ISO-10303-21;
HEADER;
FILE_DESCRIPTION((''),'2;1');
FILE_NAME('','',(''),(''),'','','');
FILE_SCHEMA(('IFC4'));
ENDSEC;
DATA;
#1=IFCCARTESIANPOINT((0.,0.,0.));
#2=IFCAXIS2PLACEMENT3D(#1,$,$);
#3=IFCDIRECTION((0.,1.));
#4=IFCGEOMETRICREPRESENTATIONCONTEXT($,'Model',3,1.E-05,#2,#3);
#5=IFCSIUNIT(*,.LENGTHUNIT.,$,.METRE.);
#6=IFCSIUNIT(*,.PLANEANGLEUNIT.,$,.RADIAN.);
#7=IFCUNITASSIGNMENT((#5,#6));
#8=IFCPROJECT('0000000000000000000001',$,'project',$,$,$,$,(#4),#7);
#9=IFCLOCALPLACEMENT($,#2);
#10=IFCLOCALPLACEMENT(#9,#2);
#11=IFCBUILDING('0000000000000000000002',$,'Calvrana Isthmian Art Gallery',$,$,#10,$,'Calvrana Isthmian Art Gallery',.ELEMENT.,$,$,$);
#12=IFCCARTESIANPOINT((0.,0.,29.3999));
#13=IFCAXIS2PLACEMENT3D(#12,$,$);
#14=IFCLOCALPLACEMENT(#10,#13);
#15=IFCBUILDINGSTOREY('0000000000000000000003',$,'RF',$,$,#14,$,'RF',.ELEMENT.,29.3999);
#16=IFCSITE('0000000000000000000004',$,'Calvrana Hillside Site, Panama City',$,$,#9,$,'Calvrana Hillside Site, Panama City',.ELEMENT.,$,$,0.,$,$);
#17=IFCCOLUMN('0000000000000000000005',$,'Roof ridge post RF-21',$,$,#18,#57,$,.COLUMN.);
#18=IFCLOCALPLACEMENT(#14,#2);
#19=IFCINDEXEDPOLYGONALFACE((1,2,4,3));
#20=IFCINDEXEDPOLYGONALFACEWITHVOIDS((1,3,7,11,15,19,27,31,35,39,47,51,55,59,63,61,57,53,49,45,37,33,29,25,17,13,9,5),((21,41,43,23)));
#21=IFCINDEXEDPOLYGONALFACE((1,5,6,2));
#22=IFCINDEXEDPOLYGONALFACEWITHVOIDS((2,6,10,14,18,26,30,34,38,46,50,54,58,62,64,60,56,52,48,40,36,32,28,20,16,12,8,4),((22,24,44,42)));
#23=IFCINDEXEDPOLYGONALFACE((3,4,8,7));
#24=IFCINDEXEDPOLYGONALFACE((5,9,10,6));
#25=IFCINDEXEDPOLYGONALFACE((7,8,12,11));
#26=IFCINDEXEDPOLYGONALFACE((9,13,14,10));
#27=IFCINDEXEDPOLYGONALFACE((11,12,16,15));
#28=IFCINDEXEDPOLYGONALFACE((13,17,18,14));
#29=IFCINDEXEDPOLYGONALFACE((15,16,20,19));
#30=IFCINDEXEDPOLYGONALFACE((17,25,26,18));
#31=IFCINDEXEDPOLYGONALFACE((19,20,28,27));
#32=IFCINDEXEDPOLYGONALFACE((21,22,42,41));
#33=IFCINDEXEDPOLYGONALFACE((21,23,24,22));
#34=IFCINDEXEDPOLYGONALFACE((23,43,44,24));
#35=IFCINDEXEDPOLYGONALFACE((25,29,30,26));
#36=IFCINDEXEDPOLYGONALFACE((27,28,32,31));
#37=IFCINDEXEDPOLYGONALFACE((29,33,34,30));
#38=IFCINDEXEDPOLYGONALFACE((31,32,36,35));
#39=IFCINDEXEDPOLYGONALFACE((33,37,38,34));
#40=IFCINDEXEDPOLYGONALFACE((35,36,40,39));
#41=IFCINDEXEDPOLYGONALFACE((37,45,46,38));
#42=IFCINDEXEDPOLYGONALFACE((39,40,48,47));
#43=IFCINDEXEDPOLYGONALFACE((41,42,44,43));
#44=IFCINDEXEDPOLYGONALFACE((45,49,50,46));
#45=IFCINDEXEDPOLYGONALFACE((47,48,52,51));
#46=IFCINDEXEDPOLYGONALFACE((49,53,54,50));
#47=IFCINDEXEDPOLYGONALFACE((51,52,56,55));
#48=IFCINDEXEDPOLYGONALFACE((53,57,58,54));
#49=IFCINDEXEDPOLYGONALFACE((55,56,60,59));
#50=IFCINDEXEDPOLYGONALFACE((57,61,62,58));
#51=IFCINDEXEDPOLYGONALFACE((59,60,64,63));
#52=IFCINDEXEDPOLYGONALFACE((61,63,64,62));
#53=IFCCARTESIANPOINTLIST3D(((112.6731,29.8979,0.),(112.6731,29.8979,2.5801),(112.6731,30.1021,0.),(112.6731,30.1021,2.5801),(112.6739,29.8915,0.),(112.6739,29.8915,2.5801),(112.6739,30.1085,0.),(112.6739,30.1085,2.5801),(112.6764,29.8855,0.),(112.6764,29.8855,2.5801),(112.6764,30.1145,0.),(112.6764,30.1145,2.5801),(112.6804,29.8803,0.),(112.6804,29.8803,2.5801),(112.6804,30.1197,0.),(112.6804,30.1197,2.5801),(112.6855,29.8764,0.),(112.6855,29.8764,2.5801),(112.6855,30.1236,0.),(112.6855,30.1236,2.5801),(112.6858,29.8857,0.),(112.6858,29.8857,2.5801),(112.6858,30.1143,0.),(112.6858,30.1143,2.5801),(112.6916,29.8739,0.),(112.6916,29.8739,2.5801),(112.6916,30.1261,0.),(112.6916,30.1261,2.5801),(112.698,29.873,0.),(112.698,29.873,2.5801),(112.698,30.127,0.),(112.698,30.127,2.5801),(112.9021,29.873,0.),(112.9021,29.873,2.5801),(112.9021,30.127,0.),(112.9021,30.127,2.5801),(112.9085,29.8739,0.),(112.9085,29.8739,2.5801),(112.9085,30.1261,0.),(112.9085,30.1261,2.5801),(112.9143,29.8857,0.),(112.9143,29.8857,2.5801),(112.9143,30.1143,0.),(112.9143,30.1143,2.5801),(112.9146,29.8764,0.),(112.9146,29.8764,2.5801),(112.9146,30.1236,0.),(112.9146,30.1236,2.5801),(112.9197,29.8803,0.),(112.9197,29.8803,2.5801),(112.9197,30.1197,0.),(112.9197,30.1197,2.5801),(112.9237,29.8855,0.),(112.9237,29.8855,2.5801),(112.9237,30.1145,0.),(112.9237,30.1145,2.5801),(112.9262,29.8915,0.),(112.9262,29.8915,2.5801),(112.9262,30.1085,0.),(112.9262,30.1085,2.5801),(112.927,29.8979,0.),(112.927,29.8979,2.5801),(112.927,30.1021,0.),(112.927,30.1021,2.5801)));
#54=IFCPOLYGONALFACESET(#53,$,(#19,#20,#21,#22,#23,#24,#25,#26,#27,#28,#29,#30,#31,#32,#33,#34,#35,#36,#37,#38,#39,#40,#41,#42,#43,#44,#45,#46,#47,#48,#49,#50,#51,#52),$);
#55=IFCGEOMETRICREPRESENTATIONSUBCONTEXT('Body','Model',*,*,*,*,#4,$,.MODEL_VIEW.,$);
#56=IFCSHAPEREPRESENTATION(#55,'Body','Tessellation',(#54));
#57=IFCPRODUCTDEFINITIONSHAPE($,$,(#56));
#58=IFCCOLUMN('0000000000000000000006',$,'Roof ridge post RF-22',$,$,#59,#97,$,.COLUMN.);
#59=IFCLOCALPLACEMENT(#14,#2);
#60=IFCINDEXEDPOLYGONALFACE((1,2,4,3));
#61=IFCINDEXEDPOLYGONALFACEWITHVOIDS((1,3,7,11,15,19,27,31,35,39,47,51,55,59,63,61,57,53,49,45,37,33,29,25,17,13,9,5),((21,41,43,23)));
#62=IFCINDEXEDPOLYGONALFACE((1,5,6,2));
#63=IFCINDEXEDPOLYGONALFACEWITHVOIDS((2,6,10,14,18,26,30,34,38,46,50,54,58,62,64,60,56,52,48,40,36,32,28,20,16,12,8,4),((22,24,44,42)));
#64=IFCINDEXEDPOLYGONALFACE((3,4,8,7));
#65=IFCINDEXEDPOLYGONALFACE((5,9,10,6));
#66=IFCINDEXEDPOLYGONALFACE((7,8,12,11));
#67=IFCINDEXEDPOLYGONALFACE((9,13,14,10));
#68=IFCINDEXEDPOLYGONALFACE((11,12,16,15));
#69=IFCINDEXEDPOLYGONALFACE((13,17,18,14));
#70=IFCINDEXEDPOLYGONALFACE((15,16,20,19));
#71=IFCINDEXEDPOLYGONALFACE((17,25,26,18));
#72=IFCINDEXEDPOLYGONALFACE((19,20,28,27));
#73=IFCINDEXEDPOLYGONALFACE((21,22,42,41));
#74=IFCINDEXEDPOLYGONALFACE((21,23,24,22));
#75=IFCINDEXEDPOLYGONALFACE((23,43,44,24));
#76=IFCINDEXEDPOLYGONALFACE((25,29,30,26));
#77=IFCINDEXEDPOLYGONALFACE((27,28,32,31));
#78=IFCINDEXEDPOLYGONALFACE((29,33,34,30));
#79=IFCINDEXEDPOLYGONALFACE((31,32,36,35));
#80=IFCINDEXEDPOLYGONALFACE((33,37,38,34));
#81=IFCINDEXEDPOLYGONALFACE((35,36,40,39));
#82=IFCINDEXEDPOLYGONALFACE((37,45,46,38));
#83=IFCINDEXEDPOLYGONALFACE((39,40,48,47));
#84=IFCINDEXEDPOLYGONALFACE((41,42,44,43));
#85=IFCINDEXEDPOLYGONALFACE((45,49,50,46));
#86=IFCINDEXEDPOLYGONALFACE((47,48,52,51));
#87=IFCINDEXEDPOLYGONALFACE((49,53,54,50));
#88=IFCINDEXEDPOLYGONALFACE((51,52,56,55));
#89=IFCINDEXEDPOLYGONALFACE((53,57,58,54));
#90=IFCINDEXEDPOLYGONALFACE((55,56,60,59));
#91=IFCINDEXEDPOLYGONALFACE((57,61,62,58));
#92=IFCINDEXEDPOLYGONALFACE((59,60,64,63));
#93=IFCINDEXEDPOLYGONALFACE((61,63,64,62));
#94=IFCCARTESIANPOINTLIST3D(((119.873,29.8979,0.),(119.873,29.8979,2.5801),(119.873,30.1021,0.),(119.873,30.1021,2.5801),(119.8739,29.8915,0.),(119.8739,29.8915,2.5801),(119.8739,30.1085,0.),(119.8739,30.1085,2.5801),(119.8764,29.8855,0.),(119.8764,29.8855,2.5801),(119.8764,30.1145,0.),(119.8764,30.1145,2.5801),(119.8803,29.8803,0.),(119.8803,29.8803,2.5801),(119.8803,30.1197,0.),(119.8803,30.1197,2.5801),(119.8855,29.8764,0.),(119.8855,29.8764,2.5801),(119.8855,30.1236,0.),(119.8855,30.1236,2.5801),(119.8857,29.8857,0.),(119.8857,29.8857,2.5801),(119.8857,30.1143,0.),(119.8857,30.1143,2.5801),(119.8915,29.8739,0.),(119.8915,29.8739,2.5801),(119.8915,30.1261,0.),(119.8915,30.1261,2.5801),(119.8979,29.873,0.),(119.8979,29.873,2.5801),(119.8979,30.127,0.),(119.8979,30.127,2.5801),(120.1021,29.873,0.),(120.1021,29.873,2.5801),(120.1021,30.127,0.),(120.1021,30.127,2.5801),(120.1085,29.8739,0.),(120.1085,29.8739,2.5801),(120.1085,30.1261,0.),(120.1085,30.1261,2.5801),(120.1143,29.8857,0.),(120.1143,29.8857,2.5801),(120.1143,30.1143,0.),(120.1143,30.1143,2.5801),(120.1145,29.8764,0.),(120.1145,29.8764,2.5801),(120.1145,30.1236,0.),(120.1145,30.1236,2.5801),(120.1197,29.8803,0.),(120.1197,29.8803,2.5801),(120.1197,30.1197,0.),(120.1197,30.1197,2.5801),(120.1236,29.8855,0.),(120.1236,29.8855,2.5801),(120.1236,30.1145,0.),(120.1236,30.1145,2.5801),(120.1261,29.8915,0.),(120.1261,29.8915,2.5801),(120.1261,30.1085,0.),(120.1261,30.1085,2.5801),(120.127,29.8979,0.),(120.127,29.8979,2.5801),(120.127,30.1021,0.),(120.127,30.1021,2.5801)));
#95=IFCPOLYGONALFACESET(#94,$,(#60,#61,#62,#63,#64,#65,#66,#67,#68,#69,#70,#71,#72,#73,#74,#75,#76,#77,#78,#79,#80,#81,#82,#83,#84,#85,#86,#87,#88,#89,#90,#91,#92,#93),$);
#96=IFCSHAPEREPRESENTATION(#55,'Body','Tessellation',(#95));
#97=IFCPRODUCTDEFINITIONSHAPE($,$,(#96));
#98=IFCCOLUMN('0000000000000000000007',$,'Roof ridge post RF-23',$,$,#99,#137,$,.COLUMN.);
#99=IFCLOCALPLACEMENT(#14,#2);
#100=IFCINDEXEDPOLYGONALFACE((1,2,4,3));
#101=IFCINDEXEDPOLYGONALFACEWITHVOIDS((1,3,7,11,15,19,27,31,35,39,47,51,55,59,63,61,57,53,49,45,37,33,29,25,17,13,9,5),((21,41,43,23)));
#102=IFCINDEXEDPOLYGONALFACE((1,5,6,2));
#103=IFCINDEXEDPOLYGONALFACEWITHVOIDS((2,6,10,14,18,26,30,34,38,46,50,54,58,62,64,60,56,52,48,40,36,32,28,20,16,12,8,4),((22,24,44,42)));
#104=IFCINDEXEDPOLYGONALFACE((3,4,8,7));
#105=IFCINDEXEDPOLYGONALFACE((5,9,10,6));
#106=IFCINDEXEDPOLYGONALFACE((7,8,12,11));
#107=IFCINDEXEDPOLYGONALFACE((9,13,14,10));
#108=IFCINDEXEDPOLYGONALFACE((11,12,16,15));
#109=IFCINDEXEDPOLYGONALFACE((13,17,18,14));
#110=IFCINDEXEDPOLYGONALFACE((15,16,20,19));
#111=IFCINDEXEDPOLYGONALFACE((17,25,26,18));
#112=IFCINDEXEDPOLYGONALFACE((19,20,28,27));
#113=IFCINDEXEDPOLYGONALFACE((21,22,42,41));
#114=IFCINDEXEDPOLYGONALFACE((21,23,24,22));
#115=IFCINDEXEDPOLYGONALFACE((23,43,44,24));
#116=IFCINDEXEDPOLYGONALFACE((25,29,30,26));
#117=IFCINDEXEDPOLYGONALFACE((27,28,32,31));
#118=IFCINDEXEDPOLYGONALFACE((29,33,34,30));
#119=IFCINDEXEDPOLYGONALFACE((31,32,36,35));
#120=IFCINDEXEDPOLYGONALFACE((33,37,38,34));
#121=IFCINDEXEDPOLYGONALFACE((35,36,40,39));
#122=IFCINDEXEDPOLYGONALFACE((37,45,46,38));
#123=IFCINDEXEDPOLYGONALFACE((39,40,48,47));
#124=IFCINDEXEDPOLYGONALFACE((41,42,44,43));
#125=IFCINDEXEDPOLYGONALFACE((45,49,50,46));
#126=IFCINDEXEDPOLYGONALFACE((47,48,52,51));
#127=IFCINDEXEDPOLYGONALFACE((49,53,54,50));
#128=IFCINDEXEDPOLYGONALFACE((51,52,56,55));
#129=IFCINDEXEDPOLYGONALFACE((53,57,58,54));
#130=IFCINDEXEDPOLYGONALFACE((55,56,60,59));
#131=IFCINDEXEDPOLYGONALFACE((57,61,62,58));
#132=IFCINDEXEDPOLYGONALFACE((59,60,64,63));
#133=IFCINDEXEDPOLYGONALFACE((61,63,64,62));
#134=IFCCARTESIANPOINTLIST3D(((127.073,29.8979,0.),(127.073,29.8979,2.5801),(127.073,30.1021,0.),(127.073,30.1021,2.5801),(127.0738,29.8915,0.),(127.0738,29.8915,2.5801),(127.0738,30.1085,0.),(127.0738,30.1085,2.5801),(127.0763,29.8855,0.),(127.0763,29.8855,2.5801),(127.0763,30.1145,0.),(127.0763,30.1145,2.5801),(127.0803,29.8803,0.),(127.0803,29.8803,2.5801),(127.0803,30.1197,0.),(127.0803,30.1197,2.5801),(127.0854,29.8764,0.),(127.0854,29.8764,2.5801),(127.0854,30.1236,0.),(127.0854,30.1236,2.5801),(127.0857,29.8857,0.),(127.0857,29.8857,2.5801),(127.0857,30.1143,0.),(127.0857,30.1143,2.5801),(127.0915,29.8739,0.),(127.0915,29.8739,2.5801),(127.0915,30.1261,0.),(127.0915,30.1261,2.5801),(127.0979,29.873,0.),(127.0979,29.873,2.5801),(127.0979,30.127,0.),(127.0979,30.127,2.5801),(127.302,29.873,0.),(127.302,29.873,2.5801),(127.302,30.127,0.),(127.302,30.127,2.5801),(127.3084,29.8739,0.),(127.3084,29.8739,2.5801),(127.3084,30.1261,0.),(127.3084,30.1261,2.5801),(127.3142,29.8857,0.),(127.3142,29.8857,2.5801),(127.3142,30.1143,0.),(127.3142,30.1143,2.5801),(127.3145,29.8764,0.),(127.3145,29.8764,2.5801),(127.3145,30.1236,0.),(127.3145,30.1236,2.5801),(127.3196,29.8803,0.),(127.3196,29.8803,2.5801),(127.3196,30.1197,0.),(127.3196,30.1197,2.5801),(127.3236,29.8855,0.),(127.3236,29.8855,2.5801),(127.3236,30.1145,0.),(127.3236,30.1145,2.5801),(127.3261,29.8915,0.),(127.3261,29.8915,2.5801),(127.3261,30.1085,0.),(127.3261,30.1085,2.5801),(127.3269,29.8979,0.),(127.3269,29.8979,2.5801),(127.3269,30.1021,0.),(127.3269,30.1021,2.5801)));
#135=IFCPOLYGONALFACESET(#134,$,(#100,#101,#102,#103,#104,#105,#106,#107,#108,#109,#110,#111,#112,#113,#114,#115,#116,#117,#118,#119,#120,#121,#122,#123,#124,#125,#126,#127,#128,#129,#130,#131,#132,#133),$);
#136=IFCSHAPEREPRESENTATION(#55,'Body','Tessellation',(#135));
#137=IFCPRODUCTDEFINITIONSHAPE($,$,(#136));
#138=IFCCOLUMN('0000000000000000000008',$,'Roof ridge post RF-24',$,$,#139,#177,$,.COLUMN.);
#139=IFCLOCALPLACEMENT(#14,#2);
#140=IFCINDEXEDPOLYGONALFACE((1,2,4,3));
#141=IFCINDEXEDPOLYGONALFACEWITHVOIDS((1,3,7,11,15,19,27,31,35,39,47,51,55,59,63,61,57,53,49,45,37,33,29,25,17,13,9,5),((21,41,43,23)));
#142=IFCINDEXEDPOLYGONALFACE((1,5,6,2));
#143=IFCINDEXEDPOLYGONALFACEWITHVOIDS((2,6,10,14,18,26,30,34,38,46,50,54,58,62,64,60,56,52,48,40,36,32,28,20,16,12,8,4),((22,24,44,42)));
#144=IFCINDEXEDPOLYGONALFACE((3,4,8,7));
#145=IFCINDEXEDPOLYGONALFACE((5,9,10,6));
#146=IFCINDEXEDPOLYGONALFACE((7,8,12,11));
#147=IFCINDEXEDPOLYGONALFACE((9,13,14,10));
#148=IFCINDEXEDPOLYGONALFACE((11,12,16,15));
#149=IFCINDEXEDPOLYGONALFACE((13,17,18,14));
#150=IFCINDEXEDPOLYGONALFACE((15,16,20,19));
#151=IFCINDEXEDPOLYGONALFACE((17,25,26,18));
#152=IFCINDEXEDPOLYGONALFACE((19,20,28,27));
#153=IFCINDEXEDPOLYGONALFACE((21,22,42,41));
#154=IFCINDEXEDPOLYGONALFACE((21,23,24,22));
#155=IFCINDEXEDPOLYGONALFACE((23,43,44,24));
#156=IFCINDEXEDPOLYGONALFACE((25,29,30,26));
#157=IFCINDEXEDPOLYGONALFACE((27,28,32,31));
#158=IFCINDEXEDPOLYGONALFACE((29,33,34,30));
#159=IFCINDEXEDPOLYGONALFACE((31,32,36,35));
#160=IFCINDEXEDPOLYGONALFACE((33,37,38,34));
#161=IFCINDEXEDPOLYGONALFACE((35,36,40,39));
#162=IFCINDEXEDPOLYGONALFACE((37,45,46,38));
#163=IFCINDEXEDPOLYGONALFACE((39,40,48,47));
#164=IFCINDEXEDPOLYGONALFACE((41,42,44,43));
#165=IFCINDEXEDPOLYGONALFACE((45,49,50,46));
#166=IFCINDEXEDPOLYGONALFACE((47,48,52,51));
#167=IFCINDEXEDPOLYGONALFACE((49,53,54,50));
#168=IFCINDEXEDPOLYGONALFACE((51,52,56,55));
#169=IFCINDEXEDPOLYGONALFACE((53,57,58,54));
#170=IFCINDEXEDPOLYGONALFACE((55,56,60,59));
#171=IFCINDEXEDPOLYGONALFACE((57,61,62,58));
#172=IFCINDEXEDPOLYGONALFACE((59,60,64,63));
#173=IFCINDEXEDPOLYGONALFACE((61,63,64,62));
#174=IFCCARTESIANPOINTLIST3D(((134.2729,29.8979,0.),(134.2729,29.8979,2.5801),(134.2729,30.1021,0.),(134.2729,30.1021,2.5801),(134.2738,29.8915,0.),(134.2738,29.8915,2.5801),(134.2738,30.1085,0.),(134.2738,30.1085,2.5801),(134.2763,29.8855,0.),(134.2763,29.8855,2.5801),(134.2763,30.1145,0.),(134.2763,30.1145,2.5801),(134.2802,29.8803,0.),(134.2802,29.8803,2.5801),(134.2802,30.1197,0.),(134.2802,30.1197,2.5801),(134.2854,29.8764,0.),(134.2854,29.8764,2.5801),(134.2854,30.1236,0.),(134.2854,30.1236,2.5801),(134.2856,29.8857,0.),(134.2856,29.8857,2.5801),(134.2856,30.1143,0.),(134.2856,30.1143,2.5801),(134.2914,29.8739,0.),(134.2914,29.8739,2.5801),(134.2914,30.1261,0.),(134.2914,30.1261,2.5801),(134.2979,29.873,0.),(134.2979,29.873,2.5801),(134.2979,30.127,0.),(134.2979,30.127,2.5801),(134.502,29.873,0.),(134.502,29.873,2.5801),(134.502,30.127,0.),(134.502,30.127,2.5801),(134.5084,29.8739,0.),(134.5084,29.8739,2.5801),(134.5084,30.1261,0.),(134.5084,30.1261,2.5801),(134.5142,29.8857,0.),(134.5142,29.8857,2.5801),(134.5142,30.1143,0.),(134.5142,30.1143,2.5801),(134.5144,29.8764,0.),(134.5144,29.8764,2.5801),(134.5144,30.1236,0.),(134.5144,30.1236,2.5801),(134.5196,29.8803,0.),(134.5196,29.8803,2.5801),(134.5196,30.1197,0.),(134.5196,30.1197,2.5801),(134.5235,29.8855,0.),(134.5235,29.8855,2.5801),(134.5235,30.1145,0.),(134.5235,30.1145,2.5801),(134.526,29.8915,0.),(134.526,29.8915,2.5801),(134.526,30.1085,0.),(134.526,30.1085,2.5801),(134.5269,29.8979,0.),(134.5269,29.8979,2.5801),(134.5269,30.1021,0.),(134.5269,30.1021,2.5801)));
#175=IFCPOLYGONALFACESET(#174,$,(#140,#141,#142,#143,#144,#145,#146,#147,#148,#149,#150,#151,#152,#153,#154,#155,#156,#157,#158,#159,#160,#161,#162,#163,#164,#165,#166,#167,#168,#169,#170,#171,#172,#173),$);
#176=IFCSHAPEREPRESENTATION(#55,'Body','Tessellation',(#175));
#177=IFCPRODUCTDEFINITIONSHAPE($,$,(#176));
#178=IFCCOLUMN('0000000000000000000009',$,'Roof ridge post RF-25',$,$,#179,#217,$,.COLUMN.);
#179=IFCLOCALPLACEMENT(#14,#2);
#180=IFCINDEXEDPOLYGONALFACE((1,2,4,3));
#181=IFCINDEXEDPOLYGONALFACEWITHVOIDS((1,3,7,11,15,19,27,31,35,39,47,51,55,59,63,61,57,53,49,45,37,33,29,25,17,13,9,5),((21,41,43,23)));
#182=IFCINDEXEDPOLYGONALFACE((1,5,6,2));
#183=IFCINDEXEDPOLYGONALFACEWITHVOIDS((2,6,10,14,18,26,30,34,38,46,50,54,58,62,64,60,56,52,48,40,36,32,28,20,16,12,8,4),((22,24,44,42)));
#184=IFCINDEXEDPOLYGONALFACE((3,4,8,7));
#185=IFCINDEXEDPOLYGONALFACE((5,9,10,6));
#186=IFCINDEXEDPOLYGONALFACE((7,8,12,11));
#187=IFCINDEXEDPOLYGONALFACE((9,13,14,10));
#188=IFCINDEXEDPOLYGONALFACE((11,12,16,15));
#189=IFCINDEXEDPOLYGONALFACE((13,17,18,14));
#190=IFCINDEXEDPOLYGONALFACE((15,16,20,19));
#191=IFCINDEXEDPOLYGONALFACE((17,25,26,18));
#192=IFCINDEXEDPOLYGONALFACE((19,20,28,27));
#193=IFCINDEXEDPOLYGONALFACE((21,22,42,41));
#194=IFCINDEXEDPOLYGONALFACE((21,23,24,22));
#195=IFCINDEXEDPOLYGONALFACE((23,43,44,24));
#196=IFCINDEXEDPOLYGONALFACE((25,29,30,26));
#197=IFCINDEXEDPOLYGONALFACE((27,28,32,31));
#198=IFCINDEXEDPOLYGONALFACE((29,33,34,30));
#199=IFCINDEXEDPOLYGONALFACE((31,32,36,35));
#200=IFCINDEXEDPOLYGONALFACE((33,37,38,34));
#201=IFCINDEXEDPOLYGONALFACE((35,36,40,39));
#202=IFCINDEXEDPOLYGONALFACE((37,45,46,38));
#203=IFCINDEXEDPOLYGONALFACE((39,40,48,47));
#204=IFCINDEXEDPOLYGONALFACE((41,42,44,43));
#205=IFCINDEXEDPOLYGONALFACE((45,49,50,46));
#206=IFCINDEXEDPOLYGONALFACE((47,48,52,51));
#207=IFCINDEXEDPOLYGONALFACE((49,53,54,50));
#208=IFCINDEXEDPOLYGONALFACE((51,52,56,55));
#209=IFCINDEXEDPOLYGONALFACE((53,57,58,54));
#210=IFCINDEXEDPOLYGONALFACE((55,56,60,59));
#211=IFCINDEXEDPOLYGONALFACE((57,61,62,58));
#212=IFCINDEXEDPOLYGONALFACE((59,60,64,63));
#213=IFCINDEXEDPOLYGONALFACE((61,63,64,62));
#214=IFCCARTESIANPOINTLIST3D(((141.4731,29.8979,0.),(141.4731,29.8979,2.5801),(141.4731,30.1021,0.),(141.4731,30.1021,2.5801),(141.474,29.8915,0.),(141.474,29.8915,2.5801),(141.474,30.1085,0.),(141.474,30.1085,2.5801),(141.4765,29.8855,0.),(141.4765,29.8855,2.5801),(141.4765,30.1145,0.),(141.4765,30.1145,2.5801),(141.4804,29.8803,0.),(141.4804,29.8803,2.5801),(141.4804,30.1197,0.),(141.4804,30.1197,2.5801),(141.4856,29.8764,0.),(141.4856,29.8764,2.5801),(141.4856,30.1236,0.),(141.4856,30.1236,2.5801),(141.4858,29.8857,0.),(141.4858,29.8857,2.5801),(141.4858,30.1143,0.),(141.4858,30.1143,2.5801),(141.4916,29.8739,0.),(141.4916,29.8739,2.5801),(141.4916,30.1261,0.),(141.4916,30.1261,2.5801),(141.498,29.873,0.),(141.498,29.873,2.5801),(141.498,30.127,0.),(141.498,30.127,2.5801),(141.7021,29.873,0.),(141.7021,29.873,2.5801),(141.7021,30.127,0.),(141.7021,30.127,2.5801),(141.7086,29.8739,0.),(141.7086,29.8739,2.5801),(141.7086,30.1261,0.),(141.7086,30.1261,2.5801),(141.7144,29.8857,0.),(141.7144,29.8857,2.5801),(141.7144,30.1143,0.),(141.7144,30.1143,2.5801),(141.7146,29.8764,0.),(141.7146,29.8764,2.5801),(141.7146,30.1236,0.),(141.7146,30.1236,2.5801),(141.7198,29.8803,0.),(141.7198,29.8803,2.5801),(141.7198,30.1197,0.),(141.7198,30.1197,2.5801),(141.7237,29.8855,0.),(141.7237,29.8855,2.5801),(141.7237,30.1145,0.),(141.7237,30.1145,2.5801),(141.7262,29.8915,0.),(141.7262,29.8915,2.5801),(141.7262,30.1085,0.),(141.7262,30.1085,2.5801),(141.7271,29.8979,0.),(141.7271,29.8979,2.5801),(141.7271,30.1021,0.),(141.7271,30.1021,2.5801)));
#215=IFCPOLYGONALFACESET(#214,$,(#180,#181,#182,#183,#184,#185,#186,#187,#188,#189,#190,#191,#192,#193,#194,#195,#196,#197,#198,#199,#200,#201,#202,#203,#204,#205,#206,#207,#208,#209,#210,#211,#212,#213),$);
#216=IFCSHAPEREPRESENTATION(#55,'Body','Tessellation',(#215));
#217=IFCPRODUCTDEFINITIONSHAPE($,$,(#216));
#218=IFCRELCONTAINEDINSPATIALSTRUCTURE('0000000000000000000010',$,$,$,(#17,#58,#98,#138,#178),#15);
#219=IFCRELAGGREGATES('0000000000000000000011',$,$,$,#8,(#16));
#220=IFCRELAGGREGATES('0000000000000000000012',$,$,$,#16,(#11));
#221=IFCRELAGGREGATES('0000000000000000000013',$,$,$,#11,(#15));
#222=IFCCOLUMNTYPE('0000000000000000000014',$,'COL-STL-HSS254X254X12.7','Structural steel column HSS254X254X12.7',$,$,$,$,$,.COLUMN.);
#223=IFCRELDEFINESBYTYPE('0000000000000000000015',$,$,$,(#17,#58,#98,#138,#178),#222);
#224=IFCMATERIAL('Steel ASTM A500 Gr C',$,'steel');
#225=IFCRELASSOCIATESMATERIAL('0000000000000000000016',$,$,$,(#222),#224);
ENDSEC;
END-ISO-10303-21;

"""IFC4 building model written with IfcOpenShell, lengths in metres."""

from ifc_helpers import new_model, si_unit, direction, frame, origin, origin_2d, place, context, subcontext, project, spatial, hollow_rectangle, extrude, material, material_profile, profile_set, type_object, element, save


model = new_model("IFC4")

# Units and contexts
model_context = context("Model", 3, precision=1e-05, world=origin(), true_north=direction((0.0, 1.0)))
body_context = subcontext(model_context, "Body", "Model", "MODEL_VIEW")
ifc_project = project(units=[si_unit("LENGTHUNIT", "METRE"), si_unit("PLANEANGLEUNIT", "RADIAN")], contexts=[model_context])

# Site, building, storey
site_placement = place(None, origin())
site = spatial("IfcSite", under=ifc_project, at=site_placement, Name="Calvrana Hillside Site, Panama City", LongName="Calvrana Hillside Site, Panama City", CompositionType="ELEMENT", RefElevation=0.0)
building_placement = place(site_placement, origin())
building = spatial("IfcBuilding", under=site, at=building_placement, Name="Calvrana Isthmian Art Gallery", LongName="Calvrana Isthmian Art Gallery", CompositionType="ELEMENT")
storey_placement = place(building_placement, frame((0.0, 0.0, 29.3999)))
storey = spatial("IfcBuildingStorey", under=building, at=storey_placement, Name="RF", LongName="RF", CompositionType="ELEMENT", Elevation=29.3999)

# Columns
ifc_material_1 = material(Name="Steel ASTM A500 Gr C", Category="steel")
ifc_material_profile_1 = material_profile(ifc_material_1, hollow_rectangle(XDim=0.2539, YDim=0.2539, WallThickness=0.0127, OuterFilletRadius=0.0249, at=origin_2d()), Name="HSS254X254X12.7")
ifc_profile_set_1 = profile_set([ifc_material_profile_1], Name="Steel ASTM A500 Gr C")
column_type = type_object("IfcColumnType", Name="COL-STL-HSS254X254X12.7", Description="Structural steel column HSS254X254X12.7", PredefinedType="COLUMN", material=ifc_profile_set_1)
for number, where, z_axis, x_axis, name in (
    (1, (112.8, 30.0, 0.0), (0.0, 0.0, 1.0), (1.0, 0.0, 0.0), "Roof ridge post RF-21"),
    (2, (120.0, 30.0, 0.0), (0.0, 0.0, 1.0), (1.0, 0.0, 0.0), "Roof ridge post RF-22"),
    (3, (127.2, 30.0, 0.0), (0.0, 0.0, 1.0), (1.0, 0.0, 0.0), "Roof ridge post RF-23"),
    (4, (134.3999, 30.0, 0.0), (0.0, 0.0, 1.0), (1.0, 0.0, 0.0), "Roof ridge post RF-24"),
    (5, (141.6001, 30.0, 0.0), (0.0, 0.0, 1.0), (1.0, 0.0, 0.0), "Roof ridge post RF-25"),
):
    element("IfcColumn", number, at=place(storey_placement, frame(where, z_axis=z_axis, x_axis=x_axis)), inside=storey, type_object=column_type, Name=name, PredefinedType="COLUMN", context=body_context, shape_type="SweptSolid", body=[
        extrude(hollow_rectangle(XDim=0.2539, YDim=0.2539, WallThickness=0.0127, OuterFilletRadius=0.0249, at=origin_2d()), origin(), (0.0, 0.0, 1.0), 2.5801),
    ])

save(model, "model.ifc")
